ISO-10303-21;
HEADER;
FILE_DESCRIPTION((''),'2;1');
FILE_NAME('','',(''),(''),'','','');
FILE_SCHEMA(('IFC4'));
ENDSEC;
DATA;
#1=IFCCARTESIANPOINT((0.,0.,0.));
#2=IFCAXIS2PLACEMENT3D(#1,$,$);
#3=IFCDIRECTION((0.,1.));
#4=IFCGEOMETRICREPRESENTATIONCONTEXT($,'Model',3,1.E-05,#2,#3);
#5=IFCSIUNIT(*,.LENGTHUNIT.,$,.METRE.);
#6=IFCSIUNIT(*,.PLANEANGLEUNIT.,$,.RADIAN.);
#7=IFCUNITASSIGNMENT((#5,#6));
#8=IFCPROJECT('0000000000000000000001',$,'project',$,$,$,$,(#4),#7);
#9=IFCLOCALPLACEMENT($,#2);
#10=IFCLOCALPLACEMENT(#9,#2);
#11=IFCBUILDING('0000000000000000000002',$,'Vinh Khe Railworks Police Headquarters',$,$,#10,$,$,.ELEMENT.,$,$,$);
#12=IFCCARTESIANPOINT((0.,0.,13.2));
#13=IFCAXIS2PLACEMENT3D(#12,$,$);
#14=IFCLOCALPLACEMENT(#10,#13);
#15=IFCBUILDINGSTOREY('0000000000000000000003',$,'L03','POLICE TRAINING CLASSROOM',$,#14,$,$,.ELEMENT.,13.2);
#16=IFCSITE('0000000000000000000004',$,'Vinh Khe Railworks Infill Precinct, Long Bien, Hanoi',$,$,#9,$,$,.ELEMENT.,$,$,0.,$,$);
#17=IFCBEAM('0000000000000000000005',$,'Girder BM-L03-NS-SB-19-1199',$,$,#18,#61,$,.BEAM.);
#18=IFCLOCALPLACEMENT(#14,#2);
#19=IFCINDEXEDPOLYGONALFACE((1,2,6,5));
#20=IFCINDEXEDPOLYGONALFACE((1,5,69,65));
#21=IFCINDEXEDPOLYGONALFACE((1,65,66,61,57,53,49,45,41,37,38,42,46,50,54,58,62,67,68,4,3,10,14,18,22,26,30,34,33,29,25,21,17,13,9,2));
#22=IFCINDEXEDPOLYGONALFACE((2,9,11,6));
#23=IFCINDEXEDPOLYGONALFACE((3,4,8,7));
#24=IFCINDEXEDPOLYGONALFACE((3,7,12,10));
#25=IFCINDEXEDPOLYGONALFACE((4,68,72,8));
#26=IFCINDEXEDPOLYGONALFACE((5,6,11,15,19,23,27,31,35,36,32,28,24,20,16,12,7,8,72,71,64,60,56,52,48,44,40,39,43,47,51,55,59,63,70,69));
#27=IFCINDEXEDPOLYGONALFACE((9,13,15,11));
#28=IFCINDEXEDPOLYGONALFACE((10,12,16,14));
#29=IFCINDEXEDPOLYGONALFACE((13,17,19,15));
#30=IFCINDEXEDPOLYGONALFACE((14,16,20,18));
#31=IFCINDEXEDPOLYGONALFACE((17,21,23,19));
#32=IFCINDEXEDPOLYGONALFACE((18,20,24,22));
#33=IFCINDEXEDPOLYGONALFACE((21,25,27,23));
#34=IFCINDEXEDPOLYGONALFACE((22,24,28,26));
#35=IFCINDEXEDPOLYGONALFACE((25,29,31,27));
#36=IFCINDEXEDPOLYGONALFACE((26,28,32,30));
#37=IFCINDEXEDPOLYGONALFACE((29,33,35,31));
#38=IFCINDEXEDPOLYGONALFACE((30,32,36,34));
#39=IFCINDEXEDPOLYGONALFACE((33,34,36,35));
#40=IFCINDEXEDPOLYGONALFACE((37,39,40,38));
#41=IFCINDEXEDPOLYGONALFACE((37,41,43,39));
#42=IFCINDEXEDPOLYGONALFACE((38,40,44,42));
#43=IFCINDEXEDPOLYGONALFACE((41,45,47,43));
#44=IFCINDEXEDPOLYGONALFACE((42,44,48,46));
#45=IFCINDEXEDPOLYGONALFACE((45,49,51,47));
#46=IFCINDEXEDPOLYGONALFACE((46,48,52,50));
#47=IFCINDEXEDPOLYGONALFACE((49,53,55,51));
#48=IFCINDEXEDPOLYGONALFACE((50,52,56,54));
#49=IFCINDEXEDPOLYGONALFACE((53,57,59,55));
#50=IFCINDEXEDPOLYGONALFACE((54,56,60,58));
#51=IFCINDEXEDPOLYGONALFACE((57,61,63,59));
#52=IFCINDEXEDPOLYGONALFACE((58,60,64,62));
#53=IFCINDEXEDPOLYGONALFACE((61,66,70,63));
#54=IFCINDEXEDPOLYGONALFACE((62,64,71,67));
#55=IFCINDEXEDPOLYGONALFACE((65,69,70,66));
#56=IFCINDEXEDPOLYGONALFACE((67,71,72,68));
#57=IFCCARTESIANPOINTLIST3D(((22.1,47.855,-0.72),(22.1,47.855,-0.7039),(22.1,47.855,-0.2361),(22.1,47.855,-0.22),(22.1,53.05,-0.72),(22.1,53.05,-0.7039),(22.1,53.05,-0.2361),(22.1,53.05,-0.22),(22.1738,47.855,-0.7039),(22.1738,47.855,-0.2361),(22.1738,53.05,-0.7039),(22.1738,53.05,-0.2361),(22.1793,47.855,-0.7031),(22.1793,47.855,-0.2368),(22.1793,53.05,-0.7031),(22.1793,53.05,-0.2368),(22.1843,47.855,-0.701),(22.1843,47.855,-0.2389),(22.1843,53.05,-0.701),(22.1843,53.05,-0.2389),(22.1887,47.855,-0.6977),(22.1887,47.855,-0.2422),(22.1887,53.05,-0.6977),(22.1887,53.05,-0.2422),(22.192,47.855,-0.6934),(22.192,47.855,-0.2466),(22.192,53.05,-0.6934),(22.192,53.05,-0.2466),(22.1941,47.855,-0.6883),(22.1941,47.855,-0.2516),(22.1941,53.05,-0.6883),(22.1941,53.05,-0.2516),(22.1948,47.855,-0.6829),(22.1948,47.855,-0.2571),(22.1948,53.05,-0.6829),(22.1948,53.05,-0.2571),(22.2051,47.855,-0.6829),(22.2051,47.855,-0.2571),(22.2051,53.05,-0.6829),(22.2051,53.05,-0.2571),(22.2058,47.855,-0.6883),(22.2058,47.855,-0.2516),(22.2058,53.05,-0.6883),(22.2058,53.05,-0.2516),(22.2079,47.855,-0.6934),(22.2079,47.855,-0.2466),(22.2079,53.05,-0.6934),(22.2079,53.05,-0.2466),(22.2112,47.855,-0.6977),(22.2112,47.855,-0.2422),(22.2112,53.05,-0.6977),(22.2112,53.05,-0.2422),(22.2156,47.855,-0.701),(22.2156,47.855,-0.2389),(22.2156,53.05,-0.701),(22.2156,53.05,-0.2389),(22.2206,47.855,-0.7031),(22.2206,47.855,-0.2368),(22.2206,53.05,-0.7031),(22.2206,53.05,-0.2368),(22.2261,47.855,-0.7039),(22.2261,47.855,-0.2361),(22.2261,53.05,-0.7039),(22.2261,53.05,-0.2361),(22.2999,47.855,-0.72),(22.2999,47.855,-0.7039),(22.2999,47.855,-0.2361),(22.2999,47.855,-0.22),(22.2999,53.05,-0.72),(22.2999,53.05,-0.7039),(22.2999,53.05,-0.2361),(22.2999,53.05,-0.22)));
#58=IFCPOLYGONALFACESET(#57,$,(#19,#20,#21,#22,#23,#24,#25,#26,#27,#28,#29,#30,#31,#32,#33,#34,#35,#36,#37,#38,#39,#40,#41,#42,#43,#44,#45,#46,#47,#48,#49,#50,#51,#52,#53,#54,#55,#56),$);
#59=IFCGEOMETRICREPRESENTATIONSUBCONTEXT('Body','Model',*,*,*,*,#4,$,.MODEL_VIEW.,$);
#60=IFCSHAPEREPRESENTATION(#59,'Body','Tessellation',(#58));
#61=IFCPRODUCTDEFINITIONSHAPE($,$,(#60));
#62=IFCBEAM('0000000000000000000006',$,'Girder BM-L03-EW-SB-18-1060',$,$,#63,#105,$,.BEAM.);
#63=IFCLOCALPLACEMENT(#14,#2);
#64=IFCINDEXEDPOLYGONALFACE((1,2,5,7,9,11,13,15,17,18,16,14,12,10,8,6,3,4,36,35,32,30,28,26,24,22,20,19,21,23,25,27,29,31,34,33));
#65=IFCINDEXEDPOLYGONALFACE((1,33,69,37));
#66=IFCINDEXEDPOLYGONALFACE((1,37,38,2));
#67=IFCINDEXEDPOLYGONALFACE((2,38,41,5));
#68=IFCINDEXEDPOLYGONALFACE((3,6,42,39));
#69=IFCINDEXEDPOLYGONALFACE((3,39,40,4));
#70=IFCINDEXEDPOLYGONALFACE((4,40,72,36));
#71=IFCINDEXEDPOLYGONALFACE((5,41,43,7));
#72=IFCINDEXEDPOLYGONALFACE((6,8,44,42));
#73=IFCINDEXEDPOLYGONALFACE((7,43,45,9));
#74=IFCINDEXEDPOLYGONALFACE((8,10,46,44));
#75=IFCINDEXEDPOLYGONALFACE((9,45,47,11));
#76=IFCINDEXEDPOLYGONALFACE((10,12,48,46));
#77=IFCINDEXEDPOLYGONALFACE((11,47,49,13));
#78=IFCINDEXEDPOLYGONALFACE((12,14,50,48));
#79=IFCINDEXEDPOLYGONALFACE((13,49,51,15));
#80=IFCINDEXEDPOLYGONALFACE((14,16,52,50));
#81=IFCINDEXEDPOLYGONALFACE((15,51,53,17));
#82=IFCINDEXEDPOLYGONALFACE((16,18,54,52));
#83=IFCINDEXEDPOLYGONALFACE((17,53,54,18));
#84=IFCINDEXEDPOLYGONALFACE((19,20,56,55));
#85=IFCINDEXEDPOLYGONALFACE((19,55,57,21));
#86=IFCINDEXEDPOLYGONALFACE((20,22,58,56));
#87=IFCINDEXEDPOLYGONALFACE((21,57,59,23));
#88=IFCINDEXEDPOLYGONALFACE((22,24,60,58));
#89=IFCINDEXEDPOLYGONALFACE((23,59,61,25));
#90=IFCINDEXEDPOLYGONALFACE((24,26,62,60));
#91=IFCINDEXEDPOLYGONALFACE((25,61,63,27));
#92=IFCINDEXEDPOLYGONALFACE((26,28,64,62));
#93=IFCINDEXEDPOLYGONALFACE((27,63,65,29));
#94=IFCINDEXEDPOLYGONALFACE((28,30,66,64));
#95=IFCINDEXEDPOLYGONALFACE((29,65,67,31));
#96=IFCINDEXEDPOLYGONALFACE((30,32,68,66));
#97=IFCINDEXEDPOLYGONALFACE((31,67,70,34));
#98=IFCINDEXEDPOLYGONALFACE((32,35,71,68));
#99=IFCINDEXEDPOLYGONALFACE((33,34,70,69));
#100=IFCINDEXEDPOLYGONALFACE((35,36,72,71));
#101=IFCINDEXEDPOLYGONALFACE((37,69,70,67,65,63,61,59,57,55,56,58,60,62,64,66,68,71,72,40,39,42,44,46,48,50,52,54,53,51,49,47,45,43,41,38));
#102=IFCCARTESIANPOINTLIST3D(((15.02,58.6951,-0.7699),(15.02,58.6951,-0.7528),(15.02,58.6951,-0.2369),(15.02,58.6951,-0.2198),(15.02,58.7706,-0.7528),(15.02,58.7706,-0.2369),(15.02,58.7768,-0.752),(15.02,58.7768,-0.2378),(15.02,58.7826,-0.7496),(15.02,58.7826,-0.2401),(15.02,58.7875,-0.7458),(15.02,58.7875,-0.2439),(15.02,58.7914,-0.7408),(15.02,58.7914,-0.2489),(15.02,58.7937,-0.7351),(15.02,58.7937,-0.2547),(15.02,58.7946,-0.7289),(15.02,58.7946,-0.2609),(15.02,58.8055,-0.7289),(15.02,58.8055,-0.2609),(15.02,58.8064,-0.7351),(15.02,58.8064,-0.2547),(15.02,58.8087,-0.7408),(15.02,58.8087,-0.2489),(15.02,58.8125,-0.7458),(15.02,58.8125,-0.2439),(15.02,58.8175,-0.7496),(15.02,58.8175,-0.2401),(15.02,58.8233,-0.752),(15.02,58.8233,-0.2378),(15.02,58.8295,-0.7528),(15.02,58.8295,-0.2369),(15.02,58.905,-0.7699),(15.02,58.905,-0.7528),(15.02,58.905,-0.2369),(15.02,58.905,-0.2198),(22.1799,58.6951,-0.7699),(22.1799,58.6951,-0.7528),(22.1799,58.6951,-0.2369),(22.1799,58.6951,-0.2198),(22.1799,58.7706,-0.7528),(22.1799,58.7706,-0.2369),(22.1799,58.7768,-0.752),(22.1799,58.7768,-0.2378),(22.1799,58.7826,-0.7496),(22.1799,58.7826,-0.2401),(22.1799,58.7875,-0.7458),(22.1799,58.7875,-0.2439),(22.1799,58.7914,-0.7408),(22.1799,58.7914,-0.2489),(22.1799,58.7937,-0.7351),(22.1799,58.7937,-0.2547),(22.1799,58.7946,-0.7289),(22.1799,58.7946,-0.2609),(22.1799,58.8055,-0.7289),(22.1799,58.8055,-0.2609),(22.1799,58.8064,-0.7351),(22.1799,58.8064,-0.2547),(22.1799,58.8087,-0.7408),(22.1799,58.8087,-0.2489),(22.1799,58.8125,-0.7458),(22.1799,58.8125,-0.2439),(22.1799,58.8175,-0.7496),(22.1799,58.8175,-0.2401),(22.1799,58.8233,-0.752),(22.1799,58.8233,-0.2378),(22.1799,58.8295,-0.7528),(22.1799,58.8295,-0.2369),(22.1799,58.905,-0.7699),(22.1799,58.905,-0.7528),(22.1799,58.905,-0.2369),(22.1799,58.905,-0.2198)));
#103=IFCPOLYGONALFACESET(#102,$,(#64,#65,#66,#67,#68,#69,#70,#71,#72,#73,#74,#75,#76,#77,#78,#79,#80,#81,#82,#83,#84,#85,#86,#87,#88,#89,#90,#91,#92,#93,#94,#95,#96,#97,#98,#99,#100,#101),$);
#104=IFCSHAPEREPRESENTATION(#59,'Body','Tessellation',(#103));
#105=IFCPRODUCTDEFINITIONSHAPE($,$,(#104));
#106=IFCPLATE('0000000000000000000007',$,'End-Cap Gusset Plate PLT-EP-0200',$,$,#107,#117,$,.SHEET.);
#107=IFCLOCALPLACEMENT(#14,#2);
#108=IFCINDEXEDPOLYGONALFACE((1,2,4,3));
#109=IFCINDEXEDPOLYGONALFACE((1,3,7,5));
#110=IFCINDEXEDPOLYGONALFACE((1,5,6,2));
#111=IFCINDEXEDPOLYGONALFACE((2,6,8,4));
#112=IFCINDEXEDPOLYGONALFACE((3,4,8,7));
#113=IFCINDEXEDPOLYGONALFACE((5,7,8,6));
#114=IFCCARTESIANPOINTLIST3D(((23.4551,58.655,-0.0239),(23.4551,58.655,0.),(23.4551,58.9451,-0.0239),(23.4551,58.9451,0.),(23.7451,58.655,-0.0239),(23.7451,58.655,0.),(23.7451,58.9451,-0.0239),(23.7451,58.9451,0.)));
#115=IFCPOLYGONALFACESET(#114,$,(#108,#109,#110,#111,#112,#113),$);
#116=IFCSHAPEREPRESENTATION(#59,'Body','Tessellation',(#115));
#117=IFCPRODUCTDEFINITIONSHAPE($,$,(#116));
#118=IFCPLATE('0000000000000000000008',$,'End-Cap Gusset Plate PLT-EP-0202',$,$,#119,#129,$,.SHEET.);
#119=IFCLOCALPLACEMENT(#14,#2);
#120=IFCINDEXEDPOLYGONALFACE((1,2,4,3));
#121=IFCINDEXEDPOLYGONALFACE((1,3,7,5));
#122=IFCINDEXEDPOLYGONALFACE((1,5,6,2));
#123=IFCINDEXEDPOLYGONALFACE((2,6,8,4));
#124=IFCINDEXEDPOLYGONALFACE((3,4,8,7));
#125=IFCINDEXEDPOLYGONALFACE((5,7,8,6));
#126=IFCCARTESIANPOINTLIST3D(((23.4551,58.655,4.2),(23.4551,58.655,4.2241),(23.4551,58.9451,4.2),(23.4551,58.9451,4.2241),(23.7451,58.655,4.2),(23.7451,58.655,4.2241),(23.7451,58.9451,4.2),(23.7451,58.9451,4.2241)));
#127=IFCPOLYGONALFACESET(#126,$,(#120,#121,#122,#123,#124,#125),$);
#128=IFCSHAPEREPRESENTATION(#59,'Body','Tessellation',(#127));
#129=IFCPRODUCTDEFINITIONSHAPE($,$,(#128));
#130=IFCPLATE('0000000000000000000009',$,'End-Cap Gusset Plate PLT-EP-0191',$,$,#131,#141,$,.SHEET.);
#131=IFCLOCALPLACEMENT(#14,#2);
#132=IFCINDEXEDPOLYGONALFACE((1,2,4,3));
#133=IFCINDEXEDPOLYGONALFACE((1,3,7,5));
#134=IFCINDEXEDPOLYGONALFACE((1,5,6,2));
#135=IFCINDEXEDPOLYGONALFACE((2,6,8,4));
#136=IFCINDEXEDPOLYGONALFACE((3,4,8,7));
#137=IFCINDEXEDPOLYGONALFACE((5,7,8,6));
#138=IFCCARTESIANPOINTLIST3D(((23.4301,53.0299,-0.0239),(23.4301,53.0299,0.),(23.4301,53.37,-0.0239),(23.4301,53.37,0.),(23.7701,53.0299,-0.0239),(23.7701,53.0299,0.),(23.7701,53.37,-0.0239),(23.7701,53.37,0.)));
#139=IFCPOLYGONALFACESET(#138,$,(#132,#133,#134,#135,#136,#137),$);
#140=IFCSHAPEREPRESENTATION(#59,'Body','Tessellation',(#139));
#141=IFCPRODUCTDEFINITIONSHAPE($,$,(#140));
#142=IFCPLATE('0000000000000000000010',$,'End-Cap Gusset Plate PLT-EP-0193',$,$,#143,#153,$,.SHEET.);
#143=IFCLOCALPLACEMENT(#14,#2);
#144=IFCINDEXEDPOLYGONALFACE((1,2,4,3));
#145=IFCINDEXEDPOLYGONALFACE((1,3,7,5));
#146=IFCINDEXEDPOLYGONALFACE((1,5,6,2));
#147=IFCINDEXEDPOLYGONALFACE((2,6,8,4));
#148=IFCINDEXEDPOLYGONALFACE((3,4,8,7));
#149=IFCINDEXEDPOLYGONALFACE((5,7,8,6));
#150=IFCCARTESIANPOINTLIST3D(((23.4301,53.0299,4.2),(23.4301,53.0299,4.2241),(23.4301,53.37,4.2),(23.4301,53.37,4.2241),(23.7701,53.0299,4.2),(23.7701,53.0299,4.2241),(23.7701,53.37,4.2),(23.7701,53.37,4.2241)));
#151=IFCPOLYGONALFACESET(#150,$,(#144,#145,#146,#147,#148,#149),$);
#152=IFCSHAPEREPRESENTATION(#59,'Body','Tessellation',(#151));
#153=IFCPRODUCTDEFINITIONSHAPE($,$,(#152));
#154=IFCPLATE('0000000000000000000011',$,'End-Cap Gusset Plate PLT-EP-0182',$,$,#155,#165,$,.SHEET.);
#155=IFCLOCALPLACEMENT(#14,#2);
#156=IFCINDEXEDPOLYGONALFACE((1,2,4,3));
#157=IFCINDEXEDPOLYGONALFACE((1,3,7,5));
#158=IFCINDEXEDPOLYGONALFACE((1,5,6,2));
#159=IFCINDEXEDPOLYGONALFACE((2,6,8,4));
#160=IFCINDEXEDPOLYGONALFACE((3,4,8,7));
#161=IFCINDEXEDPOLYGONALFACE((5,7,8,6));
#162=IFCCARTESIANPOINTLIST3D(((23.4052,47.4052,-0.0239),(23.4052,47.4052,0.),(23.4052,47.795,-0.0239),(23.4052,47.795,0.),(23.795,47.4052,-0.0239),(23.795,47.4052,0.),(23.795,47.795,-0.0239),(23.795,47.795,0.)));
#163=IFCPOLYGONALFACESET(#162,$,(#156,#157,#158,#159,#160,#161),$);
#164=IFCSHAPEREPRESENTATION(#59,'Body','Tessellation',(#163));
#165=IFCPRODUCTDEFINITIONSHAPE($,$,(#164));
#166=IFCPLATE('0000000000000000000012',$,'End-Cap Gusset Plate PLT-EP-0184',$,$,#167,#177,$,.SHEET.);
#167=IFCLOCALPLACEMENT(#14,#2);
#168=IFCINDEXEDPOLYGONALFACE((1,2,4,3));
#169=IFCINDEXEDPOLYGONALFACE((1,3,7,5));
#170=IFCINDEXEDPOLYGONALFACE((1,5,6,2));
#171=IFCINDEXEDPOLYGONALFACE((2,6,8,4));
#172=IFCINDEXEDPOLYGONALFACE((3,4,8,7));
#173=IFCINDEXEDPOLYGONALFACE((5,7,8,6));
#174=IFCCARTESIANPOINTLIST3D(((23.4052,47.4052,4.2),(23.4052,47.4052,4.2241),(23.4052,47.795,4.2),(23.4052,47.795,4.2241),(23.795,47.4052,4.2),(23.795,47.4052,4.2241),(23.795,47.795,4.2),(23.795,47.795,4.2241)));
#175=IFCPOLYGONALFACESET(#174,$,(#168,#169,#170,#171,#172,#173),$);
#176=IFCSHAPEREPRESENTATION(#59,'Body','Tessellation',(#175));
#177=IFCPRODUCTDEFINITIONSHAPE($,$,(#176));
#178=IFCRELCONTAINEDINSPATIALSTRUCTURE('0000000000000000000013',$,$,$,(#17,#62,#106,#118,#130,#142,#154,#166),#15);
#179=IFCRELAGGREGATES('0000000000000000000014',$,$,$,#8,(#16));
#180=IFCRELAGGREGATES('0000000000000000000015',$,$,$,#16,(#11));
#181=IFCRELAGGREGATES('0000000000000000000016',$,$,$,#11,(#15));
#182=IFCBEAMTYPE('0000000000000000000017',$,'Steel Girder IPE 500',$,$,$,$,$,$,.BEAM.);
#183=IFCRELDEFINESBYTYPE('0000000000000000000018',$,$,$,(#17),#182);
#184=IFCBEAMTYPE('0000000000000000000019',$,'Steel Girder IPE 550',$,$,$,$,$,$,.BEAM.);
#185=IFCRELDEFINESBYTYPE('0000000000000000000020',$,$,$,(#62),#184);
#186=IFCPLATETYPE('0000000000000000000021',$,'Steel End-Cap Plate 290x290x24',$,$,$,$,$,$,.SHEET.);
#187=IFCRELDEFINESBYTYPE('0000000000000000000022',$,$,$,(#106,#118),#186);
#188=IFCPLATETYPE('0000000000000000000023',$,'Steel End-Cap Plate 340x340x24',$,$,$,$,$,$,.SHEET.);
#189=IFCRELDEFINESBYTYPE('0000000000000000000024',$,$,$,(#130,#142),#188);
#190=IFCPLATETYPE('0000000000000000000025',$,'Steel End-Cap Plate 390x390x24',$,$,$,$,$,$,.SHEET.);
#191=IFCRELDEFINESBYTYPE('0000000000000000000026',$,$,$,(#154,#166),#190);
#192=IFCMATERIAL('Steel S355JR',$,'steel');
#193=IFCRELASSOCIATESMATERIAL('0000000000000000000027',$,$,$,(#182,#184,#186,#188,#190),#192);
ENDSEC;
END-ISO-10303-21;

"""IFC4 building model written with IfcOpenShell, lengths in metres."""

from ifc_helpers import new_model, si_unit, direction, frame, origin, origin_2d, place, context, subcontext, project, spatial, rectangle, i_section, extrude, material, material_profile, profile_set, type_object, element, save


model = new_model("IFC4")

# Units and contexts
model_context = context("Model", 3, precision=1e-05, world=origin(), true_north=direction((0.0, 1.0)))
body_context = subcontext(model_context, "Body", "Model", "MODEL_VIEW")
ifc_project = project(units=[si_unit("LENGTHUNIT", "METRE"), si_unit("PLANEANGLEUNIT", "RADIAN")], contexts=[model_context])

# Site, building, storey
site_placement = place(None, origin())
site = spatial("IfcSite", under=ifc_project, at=site_placement, Name="Vinh Khe Railworks Infill Precinct, Long Bien, Hanoi", CompositionType="ELEMENT", RefElevation=0.0)
building_placement = place(site_placement, origin())
building = spatial("IfcBuilding", under=site, at=building_placement, Name="Vinh Khe Railworks Police Headquarters", CompositionType="ELEMENT")
storey_placement = place(building_placement, frame((0.0, 0.0, 13.2)))
storey = spatial("IfcBuildingStorey", under=building, at=storey_placement, Name="L03", Description="POLICE TRAINING CLASSROOM", CompositionType="ELEMENT", Elevation=13.2)

# Shared definitions
ifc_material_1 = material(Name="Steel S355JR", Category="steel")

# Beams
ifc_material_profile_1 = material_profile(ifc_material_1, i_section(OverallWidth=0.2, OverallDepth=0.5, WebThickness=0.0103, FlangeThickness=0.0161, FilletRadius=0.021, at=origin_2d()), Name="IPE 500")
ifc_profile_set_1 = profile_set([ifc_material_profile_1], Name="Steel S355JR")
beam_type_1 = type_object("IfcBeamType", Name="Steel Girder IPE 500", PredefinedType="BEAM", material=ifc_profile_set_1)
beam_1_placement = place(storey_placement, frame((22.2, 47.855, -0.47), z_axis=(0.0, 1.0, 0.0), x_axis=(-1.0, 0.0, 0.0)))
element("IfcBeam", 1, at=beam_1_placement, inside=storey, type_object=beam_type_1, Name="Girder BM-L03-NS-SB-19-1199", PredefinedType="BEAM", context=body_context, shape_type="SweptSolid", body=[
    extrude(i_section(OverallWidth=0.2, OverallDepth=0.5, WebThickness=0.0103, FlangeThickness=0.0161, FilletRadius=0.021, at=origin_2d()), origin(), (0.0, 0.0, 1.0), 5.1951),
])
ifc_material_profile_2 = material_profile(ifc_material_1, i_section(OverallWidth=0.21, OverallDepth=0.55, WebThickness=0.011, FlangeThickness=0.0171, FilletRadius=0.0239, at=origin_2d()), Name="IPE 550")
ifc_profile_set_2 = profile_set([ifc_material_profile_2], Name="Steel S355JR")
beam_type_2 = type_object("IfcBeamType", Name="Steel Girder IPE 550", PredefinedType="BEAM", material=ifc_profile_set_2)
beam_2_placement = place(storey_placement, frame((15.02, 58.8, -0.4949), z_axis=(1.0, 0.0, 0.0), x_axis=(0.0, 1.0, 0.0)))
element("IfcBeam", 2, at=beam_2_placement, inside=storey, type_object=beam_type_2, Name="Girder BM-L03-EW-SB-18-1060", PredefinedType="BEAM", context=body_context, shape_type="SweptSolid", body=[
    extrude(i_section(OverallWidth=0.21, OverallDepth=0.55, WebThickness=0.011, FlangeThickness=0.0171, FilletRadius=0.0239, at=origin_2d()), origin(), (0.0, 0.0, 1.0), 7.1599),
])

# Plates
ifc_material_profile_3 = material_profile(ifc_material_1, rectangle(XDim=0.29, YDim=0.29, at=origin_2d()), Name="PL 290x290")
ifc_profile_set_3 = profile_set([ifc_material_profile_3], Name="Steel S355JR")
plate_type_1 = type_object("IfcPlateType", Name="Steel End-Cap Plate 290x290x24", PredefinedType="SHEET", material=ifc_profile_set_3)
plate_1_placement = place(storey_placement, frame((23.6001, 58.8, 0.0), z_axis=(0.0, 0.0, -1.0), x_axis=(1.0, 0.0, 0.0)))
element("IfcPlate", 3, at=plate_1_placement, inside=storey, type_object=plate_type_1, Name="End-Cap Gusset Plate PLT-EP-0200", PredefinedType="SHEET", context=body_context, shape_type="SweptSolid", body=[
    extrude(rectangle(XDim=0.29, YDim=0.29, at=origin_2d()), origin(), (0.0, 0.0, 1.0), 0.0239),
])
plate_2_placement = place(storey_placement, frame((23.6001, 58.8, 4.2), z_axis=(0.0, 0.0, 1.0), x_axis=(1.0, 0.0, 0.0)))
element("IfcPlate", 4, at=plate_2_placement, inside=storey, type_object=plate_type_1, Name="End-Cap Gusset Plate PLT-EP-0202", PredefinedType="SHEET", context=body_context, shape_type="SweptSolid", body=[
    extrude(rectangle(XDim=0.29, YDim=0.29, at=origin_2d()), origin(), (0.0, 0.0, 1.0), 0.0242),
])
ifc_material_profile_4 = material_profile(ifc_material_1, rectangle(XDim=0.3401, YDim=0.3401, at=origin_2d()), Name="PL 340x340")
ifc_profile_set_4 = profile_set([ifc_material_profile_4], Name="Steel S355JR")
plate_type_2 = type_object("IfcPlateType", Name="Steel End-Cap Plate 340x340x24", PredefinedType="SHEET", material=ifc_profile_set_4)
plate_3_placement = place(storey_placement, frame((23.6001, 53.2, 0.0), z_axis=(0.0, 0.0, -1.0), x_axis=(1.0, 0.0, 0.0)))
element("IfcPlate", 5, at=plate_3_placement, inside=storey, type_object=plate_type_2, Name="End-Cap Gusset Plate PLT-EP-0191", PredefinedType="SHEET", context=body_context, shape_type="SweptSolid", body=[
    extrude(rectangle(XDim=0.3401, YDim=0.3401, at=origin_2d()), origin(), (0.0, 0.0, 1.0), 0.0239),
])
plate_4_placement = place(storey_placement, frame((23.6001, 53.2, 4.2), z_axis=(0.0, 0.0, 1.0), x_axis=(1.0, 0.0, 0.0)))
element("IfcPlate", 6, at=plate_4_placement, inside=storey, type_object=plate_type_2, Name="End-Cap Gusset Plate PLT-EP-0193", PredefinedType="SHEET", context=body_context, shape_type="SweptSolid", body=[
    extrude(rectangle(XDim=0.3401, YDim=0.3401, at=origin_2d()), origin(), (0.0, 0.0, 1.0), 0.0242),
])
ifc_material_profile_5 = material_profile(ifc_material_1, rectangle(XDim=0.3899, YDim=0.3899, at=origin_2d()), Name="PL 390x390")
ifc_profile_set_5 = profile_set([ifc_material_profile_5], Name="Steel S355JR")
plate_type_3 = type_object("IfcPlateType", Name="Steel End-Cap Plate 390x390x24", PredefinedType="SHEET", material=ifc_profile_set_5)
plate_5_placement = place(storey_placement, frame((23.6001, 47.6001, 0.0), z_axis=(0.0, 0.0, -1.0), x_axis=(1.0, 0.0, 0.0)))
element("IfcPlate", 7, at=plate_5_placement, inside=storey, type_object=plate_type_3, Name="End-Cap Gusset Plate PLT-EP-0182", PredefinedType="SHEET", context=body_context, shape_type="SweptSolid", body=[
    extrude(rectangle(XDim=0.3899, YDim=0.3899, at=origin_2d()), origin(), (0.0, 0.0, 1.0), 0.0239),
])
plate_6_placement = place(storey_placement, frame((23.6001, 47.6001, 4.2), z_axis=(0.0, 0.0, 1.0), x_axis=(1.0, 0.0, 0.0)))
element("IfcPlate", 8, at=plate_6_placement, inside=storey, type_object=plate_type_3, Name="End-Cap Gusset Plate PLT-EP-0184", PredefinedType="SHEET", context=body_context, shape_type="SweptSolid", body=[
    extrude(rectangle(XDim=0.3899, YDim=0.3899, at=origin_2d()), origin(), (0.0, 0.0, 1.0), 0.0242),
])

save(model, "model.ifc")
